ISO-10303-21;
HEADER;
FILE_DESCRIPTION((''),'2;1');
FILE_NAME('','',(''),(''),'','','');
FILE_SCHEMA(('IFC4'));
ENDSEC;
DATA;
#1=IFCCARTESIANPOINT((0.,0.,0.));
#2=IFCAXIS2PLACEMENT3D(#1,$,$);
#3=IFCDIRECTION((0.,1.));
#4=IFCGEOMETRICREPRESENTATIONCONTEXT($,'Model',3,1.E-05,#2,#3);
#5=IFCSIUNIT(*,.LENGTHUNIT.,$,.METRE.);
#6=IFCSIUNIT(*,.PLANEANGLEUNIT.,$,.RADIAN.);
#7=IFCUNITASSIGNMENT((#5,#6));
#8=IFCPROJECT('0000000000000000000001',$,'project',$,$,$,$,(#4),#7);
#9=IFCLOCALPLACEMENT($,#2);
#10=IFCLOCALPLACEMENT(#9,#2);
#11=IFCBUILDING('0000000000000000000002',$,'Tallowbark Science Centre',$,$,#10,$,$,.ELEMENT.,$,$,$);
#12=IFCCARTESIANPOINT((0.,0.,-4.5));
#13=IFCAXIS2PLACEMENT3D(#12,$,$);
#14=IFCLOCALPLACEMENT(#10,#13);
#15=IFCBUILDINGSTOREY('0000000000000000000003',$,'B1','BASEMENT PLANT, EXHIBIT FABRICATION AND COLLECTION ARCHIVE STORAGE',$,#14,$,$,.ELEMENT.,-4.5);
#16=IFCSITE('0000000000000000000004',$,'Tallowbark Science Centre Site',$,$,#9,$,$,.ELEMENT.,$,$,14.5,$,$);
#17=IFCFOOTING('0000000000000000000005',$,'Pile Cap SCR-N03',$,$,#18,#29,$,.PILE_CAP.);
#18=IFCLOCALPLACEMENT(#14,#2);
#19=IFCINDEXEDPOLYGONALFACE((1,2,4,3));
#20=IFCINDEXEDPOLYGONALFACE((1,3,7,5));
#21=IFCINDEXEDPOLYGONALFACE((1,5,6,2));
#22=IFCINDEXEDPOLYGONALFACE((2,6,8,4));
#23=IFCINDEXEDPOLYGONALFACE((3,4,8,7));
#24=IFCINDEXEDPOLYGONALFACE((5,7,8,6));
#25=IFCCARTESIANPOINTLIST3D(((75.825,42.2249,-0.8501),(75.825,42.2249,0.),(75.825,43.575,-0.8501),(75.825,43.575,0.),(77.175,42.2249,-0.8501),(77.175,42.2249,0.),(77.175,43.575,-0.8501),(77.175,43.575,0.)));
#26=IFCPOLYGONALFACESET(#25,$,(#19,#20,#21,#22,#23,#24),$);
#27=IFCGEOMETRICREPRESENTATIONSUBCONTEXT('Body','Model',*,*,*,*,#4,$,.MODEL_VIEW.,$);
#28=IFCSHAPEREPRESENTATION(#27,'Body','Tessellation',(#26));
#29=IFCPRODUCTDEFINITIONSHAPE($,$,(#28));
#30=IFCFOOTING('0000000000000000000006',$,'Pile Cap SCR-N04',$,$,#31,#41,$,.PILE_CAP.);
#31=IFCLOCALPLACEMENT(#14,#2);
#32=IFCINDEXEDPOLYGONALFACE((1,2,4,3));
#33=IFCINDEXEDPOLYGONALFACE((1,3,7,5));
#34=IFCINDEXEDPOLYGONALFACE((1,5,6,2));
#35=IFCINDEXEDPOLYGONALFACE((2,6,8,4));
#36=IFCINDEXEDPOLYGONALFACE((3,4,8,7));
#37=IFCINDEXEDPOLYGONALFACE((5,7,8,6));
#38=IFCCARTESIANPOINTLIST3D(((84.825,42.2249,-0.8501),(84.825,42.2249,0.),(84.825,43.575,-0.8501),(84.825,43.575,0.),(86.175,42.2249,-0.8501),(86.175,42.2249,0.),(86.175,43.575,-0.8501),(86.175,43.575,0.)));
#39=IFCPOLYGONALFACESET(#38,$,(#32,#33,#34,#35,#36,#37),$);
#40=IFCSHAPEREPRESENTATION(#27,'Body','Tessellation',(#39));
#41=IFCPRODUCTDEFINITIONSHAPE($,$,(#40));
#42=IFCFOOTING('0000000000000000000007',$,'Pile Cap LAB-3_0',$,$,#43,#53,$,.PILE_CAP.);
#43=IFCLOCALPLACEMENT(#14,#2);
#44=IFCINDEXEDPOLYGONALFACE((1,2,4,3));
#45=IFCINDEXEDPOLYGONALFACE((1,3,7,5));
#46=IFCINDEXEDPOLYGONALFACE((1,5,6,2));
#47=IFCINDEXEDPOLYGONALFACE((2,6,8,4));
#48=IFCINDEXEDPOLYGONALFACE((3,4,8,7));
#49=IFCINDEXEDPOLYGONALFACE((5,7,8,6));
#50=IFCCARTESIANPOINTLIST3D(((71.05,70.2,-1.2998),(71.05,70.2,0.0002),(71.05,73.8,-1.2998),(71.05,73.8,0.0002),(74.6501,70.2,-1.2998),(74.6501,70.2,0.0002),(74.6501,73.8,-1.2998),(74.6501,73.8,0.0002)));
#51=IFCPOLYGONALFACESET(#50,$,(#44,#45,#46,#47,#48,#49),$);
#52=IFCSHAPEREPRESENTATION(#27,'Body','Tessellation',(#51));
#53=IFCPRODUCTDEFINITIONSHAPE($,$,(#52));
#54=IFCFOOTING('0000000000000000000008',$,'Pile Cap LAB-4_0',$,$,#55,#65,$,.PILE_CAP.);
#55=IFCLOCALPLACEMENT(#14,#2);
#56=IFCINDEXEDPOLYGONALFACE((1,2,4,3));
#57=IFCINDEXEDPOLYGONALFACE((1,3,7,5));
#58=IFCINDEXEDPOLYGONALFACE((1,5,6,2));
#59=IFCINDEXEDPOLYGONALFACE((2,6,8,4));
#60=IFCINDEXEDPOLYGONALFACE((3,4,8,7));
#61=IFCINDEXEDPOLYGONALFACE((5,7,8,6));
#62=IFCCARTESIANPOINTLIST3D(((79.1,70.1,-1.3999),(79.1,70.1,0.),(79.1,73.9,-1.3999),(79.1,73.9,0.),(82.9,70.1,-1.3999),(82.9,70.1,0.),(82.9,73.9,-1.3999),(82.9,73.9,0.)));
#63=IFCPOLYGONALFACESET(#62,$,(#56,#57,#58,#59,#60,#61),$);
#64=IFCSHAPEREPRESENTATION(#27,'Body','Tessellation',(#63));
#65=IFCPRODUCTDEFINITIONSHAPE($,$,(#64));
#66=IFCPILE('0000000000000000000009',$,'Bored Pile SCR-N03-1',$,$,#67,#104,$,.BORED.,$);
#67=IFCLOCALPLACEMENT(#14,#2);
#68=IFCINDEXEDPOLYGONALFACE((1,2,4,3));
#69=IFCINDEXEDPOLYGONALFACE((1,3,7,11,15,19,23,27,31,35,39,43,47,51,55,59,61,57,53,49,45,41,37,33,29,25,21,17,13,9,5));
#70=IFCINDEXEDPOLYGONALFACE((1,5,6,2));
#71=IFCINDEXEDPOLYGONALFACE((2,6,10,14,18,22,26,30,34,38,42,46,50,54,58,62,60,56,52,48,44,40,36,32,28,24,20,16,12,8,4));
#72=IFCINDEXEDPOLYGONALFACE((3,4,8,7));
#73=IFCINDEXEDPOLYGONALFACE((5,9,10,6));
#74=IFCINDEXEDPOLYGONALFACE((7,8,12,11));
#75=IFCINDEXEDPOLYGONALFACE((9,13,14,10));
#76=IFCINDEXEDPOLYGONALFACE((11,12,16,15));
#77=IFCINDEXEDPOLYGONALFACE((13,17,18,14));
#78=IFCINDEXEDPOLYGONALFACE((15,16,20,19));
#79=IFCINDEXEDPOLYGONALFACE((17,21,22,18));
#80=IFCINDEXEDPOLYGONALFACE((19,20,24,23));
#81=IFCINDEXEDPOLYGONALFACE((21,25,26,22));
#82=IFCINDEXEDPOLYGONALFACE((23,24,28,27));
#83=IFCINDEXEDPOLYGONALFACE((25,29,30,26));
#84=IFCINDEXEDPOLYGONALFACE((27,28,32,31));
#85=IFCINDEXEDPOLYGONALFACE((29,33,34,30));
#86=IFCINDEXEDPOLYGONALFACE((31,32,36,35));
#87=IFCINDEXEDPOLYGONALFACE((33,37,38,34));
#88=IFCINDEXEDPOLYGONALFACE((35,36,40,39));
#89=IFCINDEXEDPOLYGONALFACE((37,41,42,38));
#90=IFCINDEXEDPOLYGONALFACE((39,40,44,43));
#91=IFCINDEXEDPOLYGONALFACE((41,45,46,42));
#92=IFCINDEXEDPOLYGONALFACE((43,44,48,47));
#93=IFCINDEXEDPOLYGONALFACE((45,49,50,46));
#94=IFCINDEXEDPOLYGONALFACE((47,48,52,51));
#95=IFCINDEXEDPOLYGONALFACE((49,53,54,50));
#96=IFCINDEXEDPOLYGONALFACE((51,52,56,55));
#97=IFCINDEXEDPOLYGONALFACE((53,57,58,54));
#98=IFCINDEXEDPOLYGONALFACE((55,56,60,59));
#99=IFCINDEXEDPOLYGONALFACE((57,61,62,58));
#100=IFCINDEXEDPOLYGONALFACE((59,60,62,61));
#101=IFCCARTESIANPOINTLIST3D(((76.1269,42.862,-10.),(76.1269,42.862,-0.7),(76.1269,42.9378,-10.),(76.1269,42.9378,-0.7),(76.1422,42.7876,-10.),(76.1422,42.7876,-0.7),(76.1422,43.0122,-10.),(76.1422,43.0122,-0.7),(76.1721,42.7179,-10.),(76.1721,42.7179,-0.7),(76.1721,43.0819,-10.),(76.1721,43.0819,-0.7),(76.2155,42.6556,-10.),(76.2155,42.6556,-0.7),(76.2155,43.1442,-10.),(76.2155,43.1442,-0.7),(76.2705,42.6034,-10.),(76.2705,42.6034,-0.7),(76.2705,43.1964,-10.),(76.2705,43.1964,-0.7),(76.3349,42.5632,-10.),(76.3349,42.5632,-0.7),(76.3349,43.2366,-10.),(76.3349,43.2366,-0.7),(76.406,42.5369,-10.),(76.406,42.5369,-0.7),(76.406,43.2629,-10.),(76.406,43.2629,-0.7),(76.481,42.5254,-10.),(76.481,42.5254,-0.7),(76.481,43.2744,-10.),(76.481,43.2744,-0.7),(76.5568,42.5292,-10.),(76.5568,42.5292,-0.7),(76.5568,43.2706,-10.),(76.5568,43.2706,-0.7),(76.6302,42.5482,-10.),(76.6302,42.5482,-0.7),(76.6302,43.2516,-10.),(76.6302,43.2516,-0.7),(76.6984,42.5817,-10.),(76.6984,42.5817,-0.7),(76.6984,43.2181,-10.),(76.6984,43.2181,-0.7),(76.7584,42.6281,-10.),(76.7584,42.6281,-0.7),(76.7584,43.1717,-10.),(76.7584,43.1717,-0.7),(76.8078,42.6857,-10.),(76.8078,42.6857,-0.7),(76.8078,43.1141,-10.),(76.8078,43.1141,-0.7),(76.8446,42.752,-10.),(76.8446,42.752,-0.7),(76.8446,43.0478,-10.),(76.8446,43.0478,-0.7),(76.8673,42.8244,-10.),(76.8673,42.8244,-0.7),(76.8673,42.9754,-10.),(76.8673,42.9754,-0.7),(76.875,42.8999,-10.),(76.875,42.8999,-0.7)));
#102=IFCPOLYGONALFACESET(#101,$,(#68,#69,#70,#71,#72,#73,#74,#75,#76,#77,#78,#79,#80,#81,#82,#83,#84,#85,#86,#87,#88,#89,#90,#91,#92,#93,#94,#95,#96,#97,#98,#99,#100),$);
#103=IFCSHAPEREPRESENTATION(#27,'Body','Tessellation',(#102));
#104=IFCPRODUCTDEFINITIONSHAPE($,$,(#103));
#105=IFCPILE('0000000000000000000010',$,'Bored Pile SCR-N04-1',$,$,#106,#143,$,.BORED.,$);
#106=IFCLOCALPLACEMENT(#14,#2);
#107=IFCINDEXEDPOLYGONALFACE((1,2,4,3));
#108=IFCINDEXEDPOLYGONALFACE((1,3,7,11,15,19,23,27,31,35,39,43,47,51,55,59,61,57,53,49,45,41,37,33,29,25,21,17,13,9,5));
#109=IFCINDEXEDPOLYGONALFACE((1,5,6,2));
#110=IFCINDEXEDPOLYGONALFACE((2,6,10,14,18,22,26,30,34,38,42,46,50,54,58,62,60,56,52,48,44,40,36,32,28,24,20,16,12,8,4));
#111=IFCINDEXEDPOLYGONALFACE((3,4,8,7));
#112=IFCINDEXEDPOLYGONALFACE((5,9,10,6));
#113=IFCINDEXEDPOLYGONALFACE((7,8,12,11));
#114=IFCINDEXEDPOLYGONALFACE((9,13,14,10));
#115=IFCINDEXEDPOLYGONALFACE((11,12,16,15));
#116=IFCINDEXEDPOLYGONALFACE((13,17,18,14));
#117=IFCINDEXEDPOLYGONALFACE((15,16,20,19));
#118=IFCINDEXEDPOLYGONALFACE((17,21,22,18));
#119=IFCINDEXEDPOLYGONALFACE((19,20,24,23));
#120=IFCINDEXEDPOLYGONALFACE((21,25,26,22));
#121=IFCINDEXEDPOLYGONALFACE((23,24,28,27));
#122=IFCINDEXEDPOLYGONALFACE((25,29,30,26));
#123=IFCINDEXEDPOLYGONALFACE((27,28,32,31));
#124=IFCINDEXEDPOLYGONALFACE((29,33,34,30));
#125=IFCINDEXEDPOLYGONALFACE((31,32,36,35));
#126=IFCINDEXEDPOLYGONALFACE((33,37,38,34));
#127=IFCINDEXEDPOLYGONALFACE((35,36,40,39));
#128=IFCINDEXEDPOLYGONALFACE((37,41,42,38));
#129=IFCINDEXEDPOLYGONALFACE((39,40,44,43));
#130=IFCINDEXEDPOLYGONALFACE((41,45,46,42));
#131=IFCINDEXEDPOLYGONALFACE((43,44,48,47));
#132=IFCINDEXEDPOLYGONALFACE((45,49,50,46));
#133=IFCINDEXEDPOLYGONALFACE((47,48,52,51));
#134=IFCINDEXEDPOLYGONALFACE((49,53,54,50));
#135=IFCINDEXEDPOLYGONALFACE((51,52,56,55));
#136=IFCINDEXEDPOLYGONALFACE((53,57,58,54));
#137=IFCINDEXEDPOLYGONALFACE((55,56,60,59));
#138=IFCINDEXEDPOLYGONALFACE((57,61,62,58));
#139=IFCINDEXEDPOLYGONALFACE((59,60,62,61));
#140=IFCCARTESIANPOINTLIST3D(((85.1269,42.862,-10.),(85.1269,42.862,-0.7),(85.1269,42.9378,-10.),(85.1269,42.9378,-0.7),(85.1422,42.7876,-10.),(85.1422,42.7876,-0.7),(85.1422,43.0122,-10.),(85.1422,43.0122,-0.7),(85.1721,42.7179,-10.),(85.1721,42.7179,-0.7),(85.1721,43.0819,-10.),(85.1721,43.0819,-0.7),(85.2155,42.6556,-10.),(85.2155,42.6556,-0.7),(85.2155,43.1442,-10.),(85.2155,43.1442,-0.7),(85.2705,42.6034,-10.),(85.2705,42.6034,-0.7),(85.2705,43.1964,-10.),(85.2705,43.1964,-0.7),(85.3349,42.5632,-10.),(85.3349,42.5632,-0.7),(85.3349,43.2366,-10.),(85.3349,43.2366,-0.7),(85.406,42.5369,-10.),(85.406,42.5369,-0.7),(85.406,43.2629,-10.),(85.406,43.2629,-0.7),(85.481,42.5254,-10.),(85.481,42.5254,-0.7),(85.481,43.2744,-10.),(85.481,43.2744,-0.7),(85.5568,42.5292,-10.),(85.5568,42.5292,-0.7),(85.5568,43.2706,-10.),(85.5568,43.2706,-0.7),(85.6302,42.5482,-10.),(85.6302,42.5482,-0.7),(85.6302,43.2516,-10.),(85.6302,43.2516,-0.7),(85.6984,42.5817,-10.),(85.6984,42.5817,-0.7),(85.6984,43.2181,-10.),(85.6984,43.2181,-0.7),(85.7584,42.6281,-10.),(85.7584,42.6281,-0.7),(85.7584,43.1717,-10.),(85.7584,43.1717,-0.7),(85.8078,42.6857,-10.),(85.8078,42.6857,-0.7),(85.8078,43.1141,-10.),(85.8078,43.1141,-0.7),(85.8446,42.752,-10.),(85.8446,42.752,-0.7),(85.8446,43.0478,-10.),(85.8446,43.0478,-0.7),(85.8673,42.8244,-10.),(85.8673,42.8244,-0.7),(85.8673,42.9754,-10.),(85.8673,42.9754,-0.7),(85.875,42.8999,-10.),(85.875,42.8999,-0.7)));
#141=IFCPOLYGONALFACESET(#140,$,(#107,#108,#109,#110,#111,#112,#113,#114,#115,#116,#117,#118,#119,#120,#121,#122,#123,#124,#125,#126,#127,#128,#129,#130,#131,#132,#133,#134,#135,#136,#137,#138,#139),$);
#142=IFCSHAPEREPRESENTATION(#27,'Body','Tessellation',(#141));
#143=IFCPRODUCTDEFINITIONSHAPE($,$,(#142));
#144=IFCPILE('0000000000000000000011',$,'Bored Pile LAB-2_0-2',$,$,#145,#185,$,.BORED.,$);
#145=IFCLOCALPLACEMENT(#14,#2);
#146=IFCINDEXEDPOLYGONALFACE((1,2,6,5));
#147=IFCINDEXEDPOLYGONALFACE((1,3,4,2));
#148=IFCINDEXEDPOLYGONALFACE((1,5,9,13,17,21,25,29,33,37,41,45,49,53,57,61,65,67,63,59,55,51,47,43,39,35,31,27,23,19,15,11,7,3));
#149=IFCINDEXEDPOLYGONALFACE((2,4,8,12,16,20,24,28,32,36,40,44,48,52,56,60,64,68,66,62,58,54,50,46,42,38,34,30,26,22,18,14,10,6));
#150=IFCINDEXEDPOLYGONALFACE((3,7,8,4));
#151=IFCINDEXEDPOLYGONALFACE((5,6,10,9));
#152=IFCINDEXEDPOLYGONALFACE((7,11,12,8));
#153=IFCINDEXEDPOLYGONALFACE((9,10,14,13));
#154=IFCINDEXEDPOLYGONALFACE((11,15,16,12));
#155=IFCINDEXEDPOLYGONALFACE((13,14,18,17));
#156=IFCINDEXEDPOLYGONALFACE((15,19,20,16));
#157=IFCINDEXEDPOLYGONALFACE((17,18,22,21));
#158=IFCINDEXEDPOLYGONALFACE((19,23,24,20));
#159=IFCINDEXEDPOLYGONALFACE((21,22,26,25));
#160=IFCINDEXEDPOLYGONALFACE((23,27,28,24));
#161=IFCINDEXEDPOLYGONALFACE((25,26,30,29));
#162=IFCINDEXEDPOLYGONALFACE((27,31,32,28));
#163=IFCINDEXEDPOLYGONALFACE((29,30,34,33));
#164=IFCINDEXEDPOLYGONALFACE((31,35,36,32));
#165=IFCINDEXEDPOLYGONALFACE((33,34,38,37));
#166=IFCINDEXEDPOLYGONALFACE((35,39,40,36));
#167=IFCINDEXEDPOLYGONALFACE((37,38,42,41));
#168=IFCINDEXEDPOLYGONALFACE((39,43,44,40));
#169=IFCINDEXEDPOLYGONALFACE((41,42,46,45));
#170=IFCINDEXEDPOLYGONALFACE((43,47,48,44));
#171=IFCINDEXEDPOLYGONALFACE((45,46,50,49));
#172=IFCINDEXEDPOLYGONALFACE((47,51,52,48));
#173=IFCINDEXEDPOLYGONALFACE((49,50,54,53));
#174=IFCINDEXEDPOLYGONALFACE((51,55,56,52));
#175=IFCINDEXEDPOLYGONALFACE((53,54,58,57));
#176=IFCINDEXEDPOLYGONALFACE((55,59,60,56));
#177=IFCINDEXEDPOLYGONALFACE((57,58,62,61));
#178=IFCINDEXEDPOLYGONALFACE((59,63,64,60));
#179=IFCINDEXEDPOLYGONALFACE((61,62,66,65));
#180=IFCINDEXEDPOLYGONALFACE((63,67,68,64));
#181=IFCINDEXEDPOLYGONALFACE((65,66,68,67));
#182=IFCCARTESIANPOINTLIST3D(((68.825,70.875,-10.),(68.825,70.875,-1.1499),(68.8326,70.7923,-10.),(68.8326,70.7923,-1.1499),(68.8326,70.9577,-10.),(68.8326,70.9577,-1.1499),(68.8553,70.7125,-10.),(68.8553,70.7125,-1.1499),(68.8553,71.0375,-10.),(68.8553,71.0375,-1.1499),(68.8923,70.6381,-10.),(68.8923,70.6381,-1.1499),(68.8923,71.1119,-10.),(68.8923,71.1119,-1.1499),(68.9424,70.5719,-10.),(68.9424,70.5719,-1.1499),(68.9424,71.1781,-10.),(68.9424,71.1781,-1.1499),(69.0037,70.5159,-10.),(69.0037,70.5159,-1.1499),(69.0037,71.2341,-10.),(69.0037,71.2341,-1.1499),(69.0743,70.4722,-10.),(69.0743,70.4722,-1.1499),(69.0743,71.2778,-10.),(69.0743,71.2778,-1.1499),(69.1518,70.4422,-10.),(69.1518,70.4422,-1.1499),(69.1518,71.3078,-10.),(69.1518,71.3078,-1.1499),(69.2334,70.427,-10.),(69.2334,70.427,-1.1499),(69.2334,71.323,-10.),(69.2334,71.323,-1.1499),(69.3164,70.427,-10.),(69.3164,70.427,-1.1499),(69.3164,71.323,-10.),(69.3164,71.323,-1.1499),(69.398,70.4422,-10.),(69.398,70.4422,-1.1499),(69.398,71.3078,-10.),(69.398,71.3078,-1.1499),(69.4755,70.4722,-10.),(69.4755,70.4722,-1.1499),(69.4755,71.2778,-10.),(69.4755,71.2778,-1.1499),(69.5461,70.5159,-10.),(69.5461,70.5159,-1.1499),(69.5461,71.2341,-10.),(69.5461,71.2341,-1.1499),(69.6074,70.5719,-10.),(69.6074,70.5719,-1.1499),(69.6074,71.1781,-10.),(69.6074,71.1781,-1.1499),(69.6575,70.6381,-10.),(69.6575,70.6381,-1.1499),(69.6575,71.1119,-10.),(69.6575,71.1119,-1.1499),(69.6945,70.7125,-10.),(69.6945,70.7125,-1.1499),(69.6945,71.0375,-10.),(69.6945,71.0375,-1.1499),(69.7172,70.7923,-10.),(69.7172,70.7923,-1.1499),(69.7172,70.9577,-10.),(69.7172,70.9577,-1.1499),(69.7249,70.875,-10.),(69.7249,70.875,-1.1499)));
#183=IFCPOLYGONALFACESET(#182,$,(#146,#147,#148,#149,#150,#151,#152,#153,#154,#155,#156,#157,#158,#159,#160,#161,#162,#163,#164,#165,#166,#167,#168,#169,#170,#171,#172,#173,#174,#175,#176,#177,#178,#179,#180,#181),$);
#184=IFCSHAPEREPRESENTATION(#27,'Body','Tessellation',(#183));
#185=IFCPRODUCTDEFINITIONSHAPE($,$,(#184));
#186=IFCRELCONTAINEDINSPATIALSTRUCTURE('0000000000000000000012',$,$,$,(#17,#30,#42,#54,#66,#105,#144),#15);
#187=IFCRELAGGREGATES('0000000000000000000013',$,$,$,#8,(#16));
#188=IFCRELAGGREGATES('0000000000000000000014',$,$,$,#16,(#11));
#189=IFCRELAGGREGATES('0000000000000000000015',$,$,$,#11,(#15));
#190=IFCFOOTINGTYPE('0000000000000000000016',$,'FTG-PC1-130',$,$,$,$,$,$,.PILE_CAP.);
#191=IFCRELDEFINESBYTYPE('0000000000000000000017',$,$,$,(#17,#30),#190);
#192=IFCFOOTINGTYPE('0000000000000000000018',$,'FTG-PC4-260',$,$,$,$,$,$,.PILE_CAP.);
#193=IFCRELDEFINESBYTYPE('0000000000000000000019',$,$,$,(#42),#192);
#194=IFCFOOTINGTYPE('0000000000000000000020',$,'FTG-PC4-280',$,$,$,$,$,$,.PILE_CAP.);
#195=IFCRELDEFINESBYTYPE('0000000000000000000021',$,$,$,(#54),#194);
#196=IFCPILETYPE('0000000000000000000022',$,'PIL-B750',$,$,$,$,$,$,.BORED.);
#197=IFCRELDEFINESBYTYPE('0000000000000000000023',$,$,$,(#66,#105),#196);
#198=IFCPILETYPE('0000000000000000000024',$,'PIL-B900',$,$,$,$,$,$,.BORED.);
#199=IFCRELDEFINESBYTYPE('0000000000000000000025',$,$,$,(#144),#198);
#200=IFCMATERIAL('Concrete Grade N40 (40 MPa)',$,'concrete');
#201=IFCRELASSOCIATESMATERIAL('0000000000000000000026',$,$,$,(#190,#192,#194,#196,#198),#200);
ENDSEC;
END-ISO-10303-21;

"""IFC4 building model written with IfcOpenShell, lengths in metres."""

from ifc_helpers import new_model, si_unit, direction, frame, origin, origin_2d, place, context, subcontext, project, spatial, rectangle, circle, extrude, material, material_profile, profile_set, type_object, element, save


model = new_model("IFC4")

# Units and contexts
model_context = context("Model", 3, precision=1e-05, world=origin(), true_north=direction((0.0, 1.0)))
body_context = subcontext(model_context, "Body", "Model", "MODEL_VIEW")
ifc_project = project(units=[si_unit("LENGTHUNIT", "METRE"), si_unit("PLANEANGLEUNIT", "RADIAN")], contexts=[model_context])

# Site, building, storey
site_placement = place(None, origin())
site = spatial("IfcSite", under=ifc_project, at=site_placement, Name="Tallowbark Science Centre Site", CompositionType="ELEMENT", RefElevation=14.5)
building_placement = place(site_placement, origin())
building = spatial("IfcBuilding", under=site, at=building_placement, Name="Tallowbark Science Centre", CompositionType="ELEMENT")
storey_placement = place(building_placement, frame((0.0, 0.0, -4.5)))
storey = spatial("IfcBuildingStorey", under=building, at=storey_placement, Name="B1", Description="BASEMENT PLANT, EXHIBIT FABRICATION AND COLLECTION ARCHIVE STORAGE", CompositionType="ELEMENT", Elevation=-4.5)

# Footings
ifc_material_1 = material(Name="Concrete Grade N40 (40 MPa)", Category="concrete")
footing_type_1 = type_object("IfcFootingType", Name="FTG-PC1-130", PredefinedType="PILE_CAP", material=ifc_material_1)
for number, where, z_axis, x_axis, name in (
    (1, (76.5, 42.8999, -0.8501), (0.0, 0.0, 1.0), (1.0, 0.0, 0.0), "Pile Cap SCR-N03"),
    (2, (85.5, 42.8999, -0.8501), (0.0, 0.0, 1.0), (1.0, 0.0, 0.0), "Pile Cap SCR-N04"),
):
    element("IfcFooting", number, at=place(storey_placement, frame(where, z_axis=z_axis, x_axis=x_axis)), inside=storey, type_object=footing_type_1, Name=name, PredefinedType="PILE_CAP", context=body_context, shape_type="SweptSolid", body=[
        extrude(rectangle(XDim=1.3501, YDim=1.3501, at=origin_2d()), origin(), (0.0, 0.0, 1.0), 0.8501),
    ])
footing_type_2 = type_object("IfcFootingType", Name="FTG-PC4-260", PredefinedType="PILE_CAP", material=ifc_material_1)
footing_1_placement = place(storey_placement, frame((72.8501, 72.0, -1.2998), z_axis=(0.0, 0.0, 1.0), x_axis=(1.0, 0.0, 0.0)))
element("IfcFooting", 3, at=footing_1_placement, inside=storey, type_object=footing_type_2, Name="Pile Cap LAB-3_0", PredefinedType="PILE_CAP", context=body_context, shape_type="SweptSolid", body=[
    extrude(rectangle(XDim=3.6001, YDim=3.6001, at=origin_2d()), origin(), (0.0, 0.0, 1.0), 1.3),
])
footing_type_3 = type_object("IfcFootingType", Name="FTG-PC4-280", PredefinedType="PILE_CAP", material=ifc_material_1)
footing_2_placement = place(storey_placement, frame((81.0, 72.0, -1.3999), z_axis=(0.0, 0.0, 1.0), x_axis=(1.0, 0.0, 0.0)))
element("IfcFooting", 4, at=footing_2_placement, inside=storey, type_object=footing_type_3, Name="Pile Cap LAB-4_0", PredefinedType="PILE_CAP", context=body_context, shape_type="SweptSolid", body=[
    extrude(rectangle(XDim=3.8, YDim=3.8, at=origin_2d()), origin(), (0.0, 0.0, 1.0), 1.3999),
])

# Piles
ifc_material_profile_1 = material_profile(ifc_material_1, circle(Radius=0.375, at=origin_2d()), Name="PILE750")
ifc_profile_set_1 = profile_set([ifc_material_profile_1], Name="Concrete Grade N40 (40 MPa)")
pile_type_1 = type_object("IfcPileType", Name="PIL-B750", PredefinedType="BORED", material=ifc_profile_set_1)
for number, where, z_axis, x_axis, name in (
    (5, (76.5, 42.8999, -0.7), (0.0, 0.0, -1.0), (1.0, 0.0, 0.0), "Bored Pile SCR-N03-1"),
    (6, (85.5, 42.8999, -0.7), (0.0, 0.0, -1.0), (1.0, 0.0, 0.0), "Bored Pile SCR-N04-1"),
):
    element("IfcPile", number, at=place(storey_placement, frame(where, z_axis=z_axis, x_axis=x_axis)), inside=storey, type_object=pile_type_1, Name=name, PredefinedType="BORED", context=body_context, shape_type="SweptSolid", body=[
        extrude(circle(Radius=0.375, at=origin_2d()), origin(), (0.0, 0.0, 1.0), 9.3),
    ])
ifc_material_profile_2 = material_profile(ifc_material_1, circle(Radius=0.45, at=origin_2d()), Name="PILE900")
ifc_profile_set_2 = profile_set([ifc_material_profile_2], Name="Concrete Grade N40 (40 MPa)")
pile_type_2 = type_object("IfcPileType", Name="PIL-B900", PredefinedType="BORED", material=ifc_profile_set_2)
for number, where, z_axis, x_axis, name in (
    (7, (69.2749, 70.875, -1.1499), (0.0, 0.0, -1.0), (1.0, 0.0, 0.0), "Bored Pile LAB-2_0-2"),
):
    element("IfcPile", number, at=place(storey_placement, frame(where, z_axis=z_axis, x_axis=x_axis)), inside=storey, type_object=pile_type_2, Name=name, PredefinedType="BORED", context=body_context, shape_type="SweptSolid", body=[
        extrude(circle(Radius=0.45, at=origin_2d()), origin(), (0.0, 0.0, 1.0), 8.8501),
    ])

save(model, "model.ifc")
